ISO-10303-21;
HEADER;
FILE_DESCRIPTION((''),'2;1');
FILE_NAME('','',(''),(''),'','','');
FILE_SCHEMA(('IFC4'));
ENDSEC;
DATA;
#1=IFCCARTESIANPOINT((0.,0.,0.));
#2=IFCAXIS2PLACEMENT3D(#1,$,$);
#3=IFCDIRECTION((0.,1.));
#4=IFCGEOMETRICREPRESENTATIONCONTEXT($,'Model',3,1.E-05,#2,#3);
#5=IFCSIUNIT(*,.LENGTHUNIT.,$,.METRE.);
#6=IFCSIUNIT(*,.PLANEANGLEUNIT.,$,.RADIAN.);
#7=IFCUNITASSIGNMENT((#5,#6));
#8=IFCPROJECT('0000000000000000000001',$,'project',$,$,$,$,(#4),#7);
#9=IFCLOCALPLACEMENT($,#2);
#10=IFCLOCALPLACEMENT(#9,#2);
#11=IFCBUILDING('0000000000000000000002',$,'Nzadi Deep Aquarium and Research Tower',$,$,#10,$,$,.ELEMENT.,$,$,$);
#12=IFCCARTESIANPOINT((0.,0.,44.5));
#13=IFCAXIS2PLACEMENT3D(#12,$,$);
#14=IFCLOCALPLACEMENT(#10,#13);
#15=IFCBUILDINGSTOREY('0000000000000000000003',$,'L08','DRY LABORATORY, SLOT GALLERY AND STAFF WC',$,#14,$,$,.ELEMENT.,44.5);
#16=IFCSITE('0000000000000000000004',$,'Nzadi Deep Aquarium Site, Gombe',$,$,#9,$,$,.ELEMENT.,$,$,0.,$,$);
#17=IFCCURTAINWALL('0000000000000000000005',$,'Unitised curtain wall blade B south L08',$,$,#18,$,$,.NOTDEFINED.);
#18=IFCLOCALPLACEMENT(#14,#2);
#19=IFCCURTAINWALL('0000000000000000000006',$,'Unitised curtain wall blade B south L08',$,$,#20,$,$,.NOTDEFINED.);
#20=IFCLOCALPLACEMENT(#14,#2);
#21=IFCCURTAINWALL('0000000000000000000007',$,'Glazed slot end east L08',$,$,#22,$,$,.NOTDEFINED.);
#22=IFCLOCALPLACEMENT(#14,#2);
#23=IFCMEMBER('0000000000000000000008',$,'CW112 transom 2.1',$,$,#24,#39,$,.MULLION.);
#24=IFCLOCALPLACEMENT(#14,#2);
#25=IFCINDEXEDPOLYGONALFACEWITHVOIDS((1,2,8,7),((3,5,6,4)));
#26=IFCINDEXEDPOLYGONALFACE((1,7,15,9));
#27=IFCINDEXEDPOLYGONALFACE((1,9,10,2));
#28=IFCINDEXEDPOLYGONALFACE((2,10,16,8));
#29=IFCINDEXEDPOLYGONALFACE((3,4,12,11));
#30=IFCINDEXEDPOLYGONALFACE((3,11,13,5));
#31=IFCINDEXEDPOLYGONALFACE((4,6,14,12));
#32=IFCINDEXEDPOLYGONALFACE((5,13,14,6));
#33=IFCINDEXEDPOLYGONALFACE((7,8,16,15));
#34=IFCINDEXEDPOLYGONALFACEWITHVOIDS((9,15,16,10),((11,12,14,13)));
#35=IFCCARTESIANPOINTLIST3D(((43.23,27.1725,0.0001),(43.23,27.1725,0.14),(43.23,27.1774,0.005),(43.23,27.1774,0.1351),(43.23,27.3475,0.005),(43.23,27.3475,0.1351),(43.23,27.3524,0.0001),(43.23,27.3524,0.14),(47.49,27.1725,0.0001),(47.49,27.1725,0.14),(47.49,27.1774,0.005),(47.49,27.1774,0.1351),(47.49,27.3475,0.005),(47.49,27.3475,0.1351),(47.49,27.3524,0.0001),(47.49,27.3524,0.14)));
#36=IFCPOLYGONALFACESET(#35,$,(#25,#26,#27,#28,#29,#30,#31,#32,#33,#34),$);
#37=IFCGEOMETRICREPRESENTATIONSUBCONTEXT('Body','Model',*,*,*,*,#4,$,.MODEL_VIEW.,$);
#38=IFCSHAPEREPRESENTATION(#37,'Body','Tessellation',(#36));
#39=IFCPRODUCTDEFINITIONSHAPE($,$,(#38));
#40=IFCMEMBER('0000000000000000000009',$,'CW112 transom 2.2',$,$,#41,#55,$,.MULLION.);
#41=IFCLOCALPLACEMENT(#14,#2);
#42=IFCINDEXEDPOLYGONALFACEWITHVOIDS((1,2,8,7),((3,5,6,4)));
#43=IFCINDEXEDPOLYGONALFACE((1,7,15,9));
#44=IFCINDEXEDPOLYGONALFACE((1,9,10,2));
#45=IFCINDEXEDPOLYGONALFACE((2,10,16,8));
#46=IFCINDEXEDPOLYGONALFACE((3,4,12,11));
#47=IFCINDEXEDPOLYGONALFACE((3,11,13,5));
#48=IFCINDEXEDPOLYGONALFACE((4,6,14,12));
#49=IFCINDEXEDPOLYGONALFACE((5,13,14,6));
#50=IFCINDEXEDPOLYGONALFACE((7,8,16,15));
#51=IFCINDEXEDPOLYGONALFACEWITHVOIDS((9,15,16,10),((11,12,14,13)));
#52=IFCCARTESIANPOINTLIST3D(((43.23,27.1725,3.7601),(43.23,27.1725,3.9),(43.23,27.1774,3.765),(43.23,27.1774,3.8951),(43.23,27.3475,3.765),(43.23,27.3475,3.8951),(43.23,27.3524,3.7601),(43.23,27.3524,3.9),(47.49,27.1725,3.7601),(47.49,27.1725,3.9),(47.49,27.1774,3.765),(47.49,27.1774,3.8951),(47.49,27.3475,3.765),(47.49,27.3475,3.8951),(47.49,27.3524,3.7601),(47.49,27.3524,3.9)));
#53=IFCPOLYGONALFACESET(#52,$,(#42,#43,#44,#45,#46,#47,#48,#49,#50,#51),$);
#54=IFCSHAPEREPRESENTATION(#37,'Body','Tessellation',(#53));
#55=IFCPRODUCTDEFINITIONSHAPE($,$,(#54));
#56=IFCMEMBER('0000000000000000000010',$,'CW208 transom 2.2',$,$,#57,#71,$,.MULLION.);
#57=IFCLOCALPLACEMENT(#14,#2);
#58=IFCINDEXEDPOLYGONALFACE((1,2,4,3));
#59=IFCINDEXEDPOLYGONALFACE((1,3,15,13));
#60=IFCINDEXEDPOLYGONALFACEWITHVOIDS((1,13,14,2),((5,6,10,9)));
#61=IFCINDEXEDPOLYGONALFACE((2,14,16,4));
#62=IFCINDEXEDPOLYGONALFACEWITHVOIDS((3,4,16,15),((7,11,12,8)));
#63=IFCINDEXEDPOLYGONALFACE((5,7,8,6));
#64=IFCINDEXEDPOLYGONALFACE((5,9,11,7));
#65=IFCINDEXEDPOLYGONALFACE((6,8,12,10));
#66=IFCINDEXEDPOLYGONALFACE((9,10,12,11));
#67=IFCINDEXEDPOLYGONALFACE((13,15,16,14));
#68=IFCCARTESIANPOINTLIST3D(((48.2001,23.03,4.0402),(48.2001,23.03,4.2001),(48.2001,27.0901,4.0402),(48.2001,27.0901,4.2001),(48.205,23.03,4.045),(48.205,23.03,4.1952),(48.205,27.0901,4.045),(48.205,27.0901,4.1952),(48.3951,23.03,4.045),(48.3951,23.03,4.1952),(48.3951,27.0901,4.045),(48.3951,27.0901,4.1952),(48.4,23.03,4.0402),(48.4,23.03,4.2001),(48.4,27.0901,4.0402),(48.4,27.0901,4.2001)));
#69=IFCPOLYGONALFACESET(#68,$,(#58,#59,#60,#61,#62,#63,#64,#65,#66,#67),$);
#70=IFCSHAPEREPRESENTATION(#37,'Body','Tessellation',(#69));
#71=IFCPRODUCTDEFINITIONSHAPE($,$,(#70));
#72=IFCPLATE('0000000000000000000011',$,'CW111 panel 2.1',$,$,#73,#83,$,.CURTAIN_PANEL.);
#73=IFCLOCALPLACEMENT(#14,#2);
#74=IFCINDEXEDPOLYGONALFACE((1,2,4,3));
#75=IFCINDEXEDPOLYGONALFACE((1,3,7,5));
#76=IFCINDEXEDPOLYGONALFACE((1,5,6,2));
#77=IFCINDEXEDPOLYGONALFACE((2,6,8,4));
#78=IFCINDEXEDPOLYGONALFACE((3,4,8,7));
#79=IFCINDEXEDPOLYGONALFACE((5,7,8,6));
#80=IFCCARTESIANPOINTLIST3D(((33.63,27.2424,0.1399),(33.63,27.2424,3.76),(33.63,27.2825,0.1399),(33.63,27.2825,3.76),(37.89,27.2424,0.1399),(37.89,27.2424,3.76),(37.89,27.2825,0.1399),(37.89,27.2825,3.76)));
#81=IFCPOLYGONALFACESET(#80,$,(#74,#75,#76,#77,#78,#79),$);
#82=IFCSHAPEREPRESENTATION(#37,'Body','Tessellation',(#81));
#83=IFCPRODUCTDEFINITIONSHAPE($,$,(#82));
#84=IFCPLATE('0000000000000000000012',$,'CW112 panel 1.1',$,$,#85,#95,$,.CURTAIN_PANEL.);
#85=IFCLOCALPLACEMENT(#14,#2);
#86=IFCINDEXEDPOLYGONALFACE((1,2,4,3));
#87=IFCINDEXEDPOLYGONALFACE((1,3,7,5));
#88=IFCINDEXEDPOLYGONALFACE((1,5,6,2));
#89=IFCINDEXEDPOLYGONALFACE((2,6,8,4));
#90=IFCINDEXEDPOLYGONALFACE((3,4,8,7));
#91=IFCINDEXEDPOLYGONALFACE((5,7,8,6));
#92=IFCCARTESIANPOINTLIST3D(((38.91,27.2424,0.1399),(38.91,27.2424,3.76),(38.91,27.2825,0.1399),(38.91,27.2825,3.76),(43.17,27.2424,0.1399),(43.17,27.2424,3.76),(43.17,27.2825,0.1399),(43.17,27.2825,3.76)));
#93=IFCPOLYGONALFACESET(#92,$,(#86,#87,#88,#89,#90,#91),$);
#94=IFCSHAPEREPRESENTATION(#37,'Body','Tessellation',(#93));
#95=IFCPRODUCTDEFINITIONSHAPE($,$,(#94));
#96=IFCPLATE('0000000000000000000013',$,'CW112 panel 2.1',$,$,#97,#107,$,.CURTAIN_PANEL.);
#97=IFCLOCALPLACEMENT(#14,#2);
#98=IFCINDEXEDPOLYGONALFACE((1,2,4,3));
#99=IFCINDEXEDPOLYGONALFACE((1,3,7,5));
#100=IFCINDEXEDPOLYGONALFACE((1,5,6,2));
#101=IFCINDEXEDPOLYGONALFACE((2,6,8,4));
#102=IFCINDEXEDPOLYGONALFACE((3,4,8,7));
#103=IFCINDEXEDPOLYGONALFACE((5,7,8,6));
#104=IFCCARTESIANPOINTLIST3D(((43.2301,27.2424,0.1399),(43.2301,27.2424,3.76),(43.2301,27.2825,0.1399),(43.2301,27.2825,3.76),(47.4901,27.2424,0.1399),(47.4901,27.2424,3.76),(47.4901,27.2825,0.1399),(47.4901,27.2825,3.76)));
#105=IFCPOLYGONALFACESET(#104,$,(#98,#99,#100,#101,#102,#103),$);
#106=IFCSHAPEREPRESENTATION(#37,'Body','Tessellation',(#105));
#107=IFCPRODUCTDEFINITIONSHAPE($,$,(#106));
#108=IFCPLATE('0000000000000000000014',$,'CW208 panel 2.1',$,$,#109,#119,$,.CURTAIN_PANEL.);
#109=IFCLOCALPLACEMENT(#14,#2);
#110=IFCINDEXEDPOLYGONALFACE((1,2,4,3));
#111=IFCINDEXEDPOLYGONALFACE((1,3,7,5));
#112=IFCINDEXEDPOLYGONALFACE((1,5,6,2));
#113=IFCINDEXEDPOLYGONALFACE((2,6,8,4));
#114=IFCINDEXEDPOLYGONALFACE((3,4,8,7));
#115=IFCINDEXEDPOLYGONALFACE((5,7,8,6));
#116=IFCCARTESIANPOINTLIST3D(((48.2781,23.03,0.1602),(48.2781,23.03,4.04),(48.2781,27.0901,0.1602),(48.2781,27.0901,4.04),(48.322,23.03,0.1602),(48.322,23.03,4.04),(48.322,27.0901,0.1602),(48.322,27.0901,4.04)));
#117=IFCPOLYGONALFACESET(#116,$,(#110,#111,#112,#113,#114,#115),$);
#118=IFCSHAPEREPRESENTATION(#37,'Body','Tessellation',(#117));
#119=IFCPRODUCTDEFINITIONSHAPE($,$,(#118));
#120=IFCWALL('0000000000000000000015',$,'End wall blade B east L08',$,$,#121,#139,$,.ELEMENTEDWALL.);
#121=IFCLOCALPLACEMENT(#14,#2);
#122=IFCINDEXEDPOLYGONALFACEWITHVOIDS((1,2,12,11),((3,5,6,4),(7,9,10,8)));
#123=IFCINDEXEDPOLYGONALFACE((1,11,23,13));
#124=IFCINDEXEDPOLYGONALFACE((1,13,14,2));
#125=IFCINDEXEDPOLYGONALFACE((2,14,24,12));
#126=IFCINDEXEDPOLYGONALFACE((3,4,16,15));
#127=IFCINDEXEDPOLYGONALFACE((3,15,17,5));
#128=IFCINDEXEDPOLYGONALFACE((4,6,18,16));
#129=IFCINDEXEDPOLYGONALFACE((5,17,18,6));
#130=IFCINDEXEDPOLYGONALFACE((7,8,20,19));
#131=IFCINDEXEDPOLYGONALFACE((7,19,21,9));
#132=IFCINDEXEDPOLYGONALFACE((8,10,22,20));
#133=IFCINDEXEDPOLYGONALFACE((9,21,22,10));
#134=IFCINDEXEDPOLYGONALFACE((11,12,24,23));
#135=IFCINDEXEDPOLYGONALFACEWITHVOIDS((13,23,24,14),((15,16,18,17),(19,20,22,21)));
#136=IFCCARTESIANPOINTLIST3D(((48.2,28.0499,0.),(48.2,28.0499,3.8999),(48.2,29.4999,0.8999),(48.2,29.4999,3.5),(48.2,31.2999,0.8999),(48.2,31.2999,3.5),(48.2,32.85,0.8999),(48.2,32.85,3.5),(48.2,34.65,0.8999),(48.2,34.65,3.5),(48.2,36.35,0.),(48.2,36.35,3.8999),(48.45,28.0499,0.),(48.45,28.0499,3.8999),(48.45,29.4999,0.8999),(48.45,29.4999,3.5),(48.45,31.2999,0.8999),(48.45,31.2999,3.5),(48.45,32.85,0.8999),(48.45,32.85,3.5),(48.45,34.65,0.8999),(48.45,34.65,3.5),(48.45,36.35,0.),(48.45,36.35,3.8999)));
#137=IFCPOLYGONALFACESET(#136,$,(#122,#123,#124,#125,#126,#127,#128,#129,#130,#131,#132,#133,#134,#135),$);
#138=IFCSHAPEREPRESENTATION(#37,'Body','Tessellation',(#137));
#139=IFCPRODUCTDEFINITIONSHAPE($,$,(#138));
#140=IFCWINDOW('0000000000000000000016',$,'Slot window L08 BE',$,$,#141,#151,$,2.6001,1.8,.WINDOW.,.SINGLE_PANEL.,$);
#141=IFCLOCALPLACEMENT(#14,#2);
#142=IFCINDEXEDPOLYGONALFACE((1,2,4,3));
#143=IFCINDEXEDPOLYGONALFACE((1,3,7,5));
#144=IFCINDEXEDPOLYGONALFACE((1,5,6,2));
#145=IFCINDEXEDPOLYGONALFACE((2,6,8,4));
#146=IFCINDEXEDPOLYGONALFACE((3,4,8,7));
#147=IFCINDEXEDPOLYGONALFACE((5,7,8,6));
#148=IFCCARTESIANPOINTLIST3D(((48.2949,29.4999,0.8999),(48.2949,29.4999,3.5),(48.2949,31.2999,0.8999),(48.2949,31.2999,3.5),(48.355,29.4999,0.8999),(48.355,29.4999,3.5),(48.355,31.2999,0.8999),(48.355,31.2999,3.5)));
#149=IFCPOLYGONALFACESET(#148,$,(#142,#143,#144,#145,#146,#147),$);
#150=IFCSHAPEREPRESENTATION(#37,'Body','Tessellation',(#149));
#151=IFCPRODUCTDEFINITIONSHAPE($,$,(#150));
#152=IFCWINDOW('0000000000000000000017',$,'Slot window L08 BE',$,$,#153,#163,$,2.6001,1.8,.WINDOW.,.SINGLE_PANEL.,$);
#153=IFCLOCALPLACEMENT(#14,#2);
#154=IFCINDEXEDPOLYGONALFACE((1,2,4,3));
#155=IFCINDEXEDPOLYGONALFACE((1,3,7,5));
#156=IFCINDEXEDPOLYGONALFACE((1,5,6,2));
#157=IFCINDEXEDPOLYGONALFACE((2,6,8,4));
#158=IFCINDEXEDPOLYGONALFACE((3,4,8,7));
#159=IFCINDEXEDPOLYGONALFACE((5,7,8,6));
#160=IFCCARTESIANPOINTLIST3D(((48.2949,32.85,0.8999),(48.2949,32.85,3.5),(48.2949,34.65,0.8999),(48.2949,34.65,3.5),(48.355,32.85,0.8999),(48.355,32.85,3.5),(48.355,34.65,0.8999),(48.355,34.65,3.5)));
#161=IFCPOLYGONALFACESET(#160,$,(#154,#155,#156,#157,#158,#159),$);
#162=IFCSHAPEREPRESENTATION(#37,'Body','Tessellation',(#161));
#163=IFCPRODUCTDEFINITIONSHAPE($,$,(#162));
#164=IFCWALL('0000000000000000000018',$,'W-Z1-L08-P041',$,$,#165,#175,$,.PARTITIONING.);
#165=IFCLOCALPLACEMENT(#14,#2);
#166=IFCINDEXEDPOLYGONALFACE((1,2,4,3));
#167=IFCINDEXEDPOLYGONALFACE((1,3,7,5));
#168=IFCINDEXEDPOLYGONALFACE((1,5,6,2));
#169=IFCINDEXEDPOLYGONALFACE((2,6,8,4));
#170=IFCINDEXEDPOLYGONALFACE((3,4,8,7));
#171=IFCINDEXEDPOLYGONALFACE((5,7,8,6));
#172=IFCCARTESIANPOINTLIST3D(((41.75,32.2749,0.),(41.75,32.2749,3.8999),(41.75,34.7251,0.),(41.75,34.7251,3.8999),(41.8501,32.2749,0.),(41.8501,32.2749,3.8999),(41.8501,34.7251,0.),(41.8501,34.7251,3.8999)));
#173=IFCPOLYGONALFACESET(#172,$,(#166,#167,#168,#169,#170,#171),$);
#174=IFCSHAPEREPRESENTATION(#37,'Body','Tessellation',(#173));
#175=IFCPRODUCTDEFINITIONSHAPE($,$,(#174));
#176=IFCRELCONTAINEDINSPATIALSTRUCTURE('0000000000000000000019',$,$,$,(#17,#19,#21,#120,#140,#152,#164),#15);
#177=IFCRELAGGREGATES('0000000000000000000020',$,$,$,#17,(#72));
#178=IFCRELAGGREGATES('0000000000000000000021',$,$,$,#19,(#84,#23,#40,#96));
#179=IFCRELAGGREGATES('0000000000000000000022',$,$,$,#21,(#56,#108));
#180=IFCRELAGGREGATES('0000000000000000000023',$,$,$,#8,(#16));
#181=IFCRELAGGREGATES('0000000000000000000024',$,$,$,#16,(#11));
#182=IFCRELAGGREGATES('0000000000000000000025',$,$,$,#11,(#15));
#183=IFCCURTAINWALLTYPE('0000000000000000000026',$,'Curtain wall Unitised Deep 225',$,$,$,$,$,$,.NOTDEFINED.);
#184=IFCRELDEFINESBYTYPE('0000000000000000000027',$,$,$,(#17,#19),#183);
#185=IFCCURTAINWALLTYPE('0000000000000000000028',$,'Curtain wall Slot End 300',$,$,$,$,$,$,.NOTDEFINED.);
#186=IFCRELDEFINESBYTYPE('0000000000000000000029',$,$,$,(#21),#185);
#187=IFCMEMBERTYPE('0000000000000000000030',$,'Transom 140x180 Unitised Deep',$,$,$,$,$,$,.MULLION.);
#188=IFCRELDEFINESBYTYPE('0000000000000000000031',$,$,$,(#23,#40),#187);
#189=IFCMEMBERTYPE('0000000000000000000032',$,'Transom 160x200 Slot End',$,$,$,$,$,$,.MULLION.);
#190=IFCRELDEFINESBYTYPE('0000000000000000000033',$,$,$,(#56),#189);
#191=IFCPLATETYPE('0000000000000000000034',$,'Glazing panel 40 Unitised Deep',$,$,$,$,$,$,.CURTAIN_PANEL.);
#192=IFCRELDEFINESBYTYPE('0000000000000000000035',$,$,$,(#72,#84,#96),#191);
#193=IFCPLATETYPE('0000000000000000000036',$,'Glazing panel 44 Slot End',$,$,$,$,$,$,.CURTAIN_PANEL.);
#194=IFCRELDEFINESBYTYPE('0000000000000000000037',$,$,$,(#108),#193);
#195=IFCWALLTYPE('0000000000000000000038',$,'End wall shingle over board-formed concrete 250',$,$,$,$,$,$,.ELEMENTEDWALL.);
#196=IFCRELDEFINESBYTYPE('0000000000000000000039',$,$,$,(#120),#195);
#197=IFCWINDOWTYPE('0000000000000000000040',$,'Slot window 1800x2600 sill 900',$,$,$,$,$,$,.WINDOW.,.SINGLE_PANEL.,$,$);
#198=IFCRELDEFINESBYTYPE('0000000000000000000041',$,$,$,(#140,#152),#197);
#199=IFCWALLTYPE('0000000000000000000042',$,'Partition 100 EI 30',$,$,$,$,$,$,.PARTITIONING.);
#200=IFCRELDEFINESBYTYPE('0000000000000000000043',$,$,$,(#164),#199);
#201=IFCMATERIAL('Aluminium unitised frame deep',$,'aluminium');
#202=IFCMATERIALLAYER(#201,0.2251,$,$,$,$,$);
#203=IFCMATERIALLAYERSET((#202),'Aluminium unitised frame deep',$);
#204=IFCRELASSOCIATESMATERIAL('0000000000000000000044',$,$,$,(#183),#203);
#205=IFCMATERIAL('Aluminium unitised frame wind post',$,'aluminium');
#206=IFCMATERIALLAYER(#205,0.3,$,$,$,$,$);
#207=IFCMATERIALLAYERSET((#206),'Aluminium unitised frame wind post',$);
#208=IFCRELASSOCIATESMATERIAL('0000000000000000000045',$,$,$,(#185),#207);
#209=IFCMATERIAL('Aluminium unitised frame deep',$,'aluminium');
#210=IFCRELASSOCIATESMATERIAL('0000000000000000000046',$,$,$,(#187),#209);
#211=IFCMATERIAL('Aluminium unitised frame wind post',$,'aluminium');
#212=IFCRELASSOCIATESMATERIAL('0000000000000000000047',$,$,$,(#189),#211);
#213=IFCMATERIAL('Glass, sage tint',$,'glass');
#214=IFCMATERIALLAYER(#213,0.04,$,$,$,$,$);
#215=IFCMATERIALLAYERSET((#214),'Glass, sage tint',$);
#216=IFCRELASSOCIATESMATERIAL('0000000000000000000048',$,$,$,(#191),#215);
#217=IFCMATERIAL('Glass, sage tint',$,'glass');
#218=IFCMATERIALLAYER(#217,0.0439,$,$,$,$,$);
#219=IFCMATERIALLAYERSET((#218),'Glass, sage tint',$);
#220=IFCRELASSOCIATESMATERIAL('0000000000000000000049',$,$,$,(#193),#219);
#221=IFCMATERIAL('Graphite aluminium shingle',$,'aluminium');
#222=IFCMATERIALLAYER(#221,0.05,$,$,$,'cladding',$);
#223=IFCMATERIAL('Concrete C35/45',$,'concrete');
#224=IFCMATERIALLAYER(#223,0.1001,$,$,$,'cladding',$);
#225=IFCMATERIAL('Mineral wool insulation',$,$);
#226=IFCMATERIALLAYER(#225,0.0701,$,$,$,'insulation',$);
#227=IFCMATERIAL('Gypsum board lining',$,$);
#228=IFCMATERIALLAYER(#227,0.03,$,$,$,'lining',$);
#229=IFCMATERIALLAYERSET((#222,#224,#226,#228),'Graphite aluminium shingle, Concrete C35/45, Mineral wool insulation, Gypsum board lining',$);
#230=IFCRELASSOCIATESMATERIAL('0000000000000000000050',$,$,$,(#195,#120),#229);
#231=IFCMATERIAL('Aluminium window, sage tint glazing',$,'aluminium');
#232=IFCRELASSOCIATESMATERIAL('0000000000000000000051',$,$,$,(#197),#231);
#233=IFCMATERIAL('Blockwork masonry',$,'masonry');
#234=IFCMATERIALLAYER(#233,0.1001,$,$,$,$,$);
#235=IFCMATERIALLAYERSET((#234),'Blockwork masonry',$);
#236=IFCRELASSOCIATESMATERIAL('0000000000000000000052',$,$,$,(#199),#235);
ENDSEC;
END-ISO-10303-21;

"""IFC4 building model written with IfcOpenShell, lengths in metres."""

from ifc_helpers import new_model, si_unit, direction, frame, frame_2d, origin, origin_2d, place, context, subcontext, project, spatial, rectangle, hollow_rectangle, extrude, material, layer, layer_set, layer_usage, material_profile, profile_set, type_object, element, fill, aggregate, save


model = new_model("IFC4")

# Units and contexts
model_context = context("Model", 3, precision=1e-05, world=origin(), true_north=direction((0.0, 1.0)))
body_context = subcontext(model_context, "Body", "Model", "MODEL_VIEW")
ifc_project = project(units=[si_unit("LENGTHUNIT", "METRE"), si_unit("PLANEANGLEUNIT", "RADIAN")], contexts=[model_context])

# Site, building, storey
site_placement = place(None, origin())
site = spatial("IfcSite", under=ifc_project, at=site_placement, Name="Nzadi Deep Aquarium Site, Gombe", CompositionType="ELEMENT", RefElevation=0.0)
building_placement = place(site_placement, origin())
building = spatial("IfcBuilding", under=site, at=building_placement, Name="Nzadi Deep Aquarium and Research Tower", CompositionType="ELEMENT")
storey_placement = place(building_placement, frame((0.0, 0.0, 44.5)))
storey = spatial("IfcBuildingStorey", under=building, at=storey_placement, Name="L08", Description="DRY LABORATORY, SLOT GALLERY AND STAFF WC", CompositionType="ELEMENT", Elevation=44.5)

# Curtain wall
ifc_material_1 = material(Name="Aluminium unitised frame deep", Category="aluminium")
ifc_layer_1 = layer(ifc_material_1, 0.2251)
ifc_layer_set_1 = layer_set([ifc_layer_1], Name="Aluminium unitised frame deep")
curtain_wall_type_1 = type_object("IfcCurtainWallType", Name="Curtain wall Unitised Deep 225", PredefinedType="NOTDEFINED", material=ifc_layer_set_1)
curtain_wall_1_placement = place(storey_placement, origin())
curtain_wall_1 = element("IfcCurtainWall", 1, at=curtain_wall_1_placement, inside=storey, type_object=curtain_wall_type_1, Name="Unitised curtain wall blade B south L08", PredefinedType="NOTDEFINED")

# Curtain wall
curtain_wall_2_placement = place(storey_placement, origin())
curtain_wall_2 = element("IfcCurtainWall", 2, at=curtain_wall_2_placement, inside=storey, type_object=curtain_wall_type_1, Name="Unitised curtain wall blade B south L08", PredefinedType="NOTDEFINED")

# Curtain wall
ifc_material_2 = material(Name="Aluminium unitised frame wind post", Category="aluminium")
ifc_layer_2 = layer(ifc_material_2, 0.3)
ifc_layer_set_2 = layer_set([ifc_layer_2], Name="Aluminium unitised frame wind post")
curtain_wall_type_2 = type_object("IfcCurtainWallType", Name="Curtain wall Slot End 300", PredefinedType="NOTDEFINED", material=ifc_layer_set_2)
curtain_wall_3_placement = place(storey_placement, origin())
curtain_wall_3 = element("IfcCurtainWall", 3, at=curtain_wall_3_placement, inside=storey, type_object=curtain_wall_type_2, Name="Glazed slot end east L08", PredefinedType="NOTDEFINED")

# Members
ifc_material_3 = material(Name="Aluminium unitised frame deep", Category="aluminium")
ifc_material_profile_1 = material_profile(ifc_material_3, hollow_rectangle(XDim=0.1799, YDim=0.1399, WallThickness=0.0049, at=origin_2d()))
ifc_profile_set_1 = profile_set([ifc_material_profile_1], Name="Aluminium unitised frame deep")
member_type_1 = type_object("IfcMemberType", Name="Transom 140x180 Unitised Deep", PredefinedType="MULLION", material=ifc_profile_set_1)
member_1_placement = place(storey_placement, frame((43.23, 27.2625, 0.0701), z_axis=(1.0, 0.0, 0.0), x_axis=(0.0, 1.0, 0.0)))
member_1 = element("IfcMember", 4, at=member_1_placement, type_object=member_type_1, Name="CW112 transom 2.1", PredefinedType="MULLION", context=body_context, shape_type="SweptSolid", body=[
    extrude(hollow_rectangle(XDim=0.1799, YDim=0.1399, WallThickness=0.0049, at=origin_2d()), origin(), (0.0, 0.0, 1.0), 4.26),
])
member_2_placement = place(storey_placement, frame((43.23, 27.2625, 3.8301), z_axis=(1.0, 0.0, 0.0), x_axis=(0.0, 1.0, 0.0)))
member_2 = element("IfcMember", 5, at=member_2_placement, type_object=member_type_1, Name="CW112 transom 2.2", PredefinedType="MULLION", context=body_context, shape_type="SweptSolid", body=[
    extrude(hollow_rectangle(XDim=0.1799, YDim=0.1399, WallThickness=0.0049, at=origin_2d()), origin(), (0.0, 0.0, 1.0), 4.26),
])
ifc_material_4 = material(Name="Aluminium unitised frame wind post", Category="aluminium")
ifc_material_profile_2 = material_profile(ifc_material_4, hollow_rectangle(XDim=0.2, YDim=0.1599, WallThickness=0.0049, at=origin_2d()))
ifc_profile_set_2 = profile_set([ifc_material_profile_2], Name="Aluminium unitised frame wind post")
member_type_2 = type_object("IfcMemberType", Name="Transom 160x200 Slot End", PredefinedType="MULLION", material=ifc_profile_set_2)
member_3_placement = place(storey_placement, frame((48.3, 23.03, 4.1201), z_axis=(0.0, 1.0, 0.0), x_axis=(-1.0, 0.0, 0.0)))
member_3 = element("IfcMember", 6, at=member_3_placement, type_object=member_type_2, Name="CW208 transom 2.2", PredefinedType="MULLION", context=body_context, shape_type="SweptSolid", body=[
    extrude(hollow_rectangle(XDim=0.2, YDim=0.1599, WallThickness=0.0049, at=origin_2d()), origin(), (0.0, 0.0, 1.0), 4.0601),
])

# Plates
ifc_material_5 = material(Name="Glass, sage tint", Category="glass")
ifc_layer_3 = layer(ifc_material_5, 0.04)
ifc_layer_set_3 = layer_set([ifc_layer_3], Name="Glass, sage tint")
plate_type_1 = type_object("IfcPlateType", Name="Glazing panel 40 Unitised Deep", PredefinedType="CURTAIN_PANEL", material=ifc_layer_set_3)
plate_1_placement = place(storey_placement, frame((35.76, 27.2625, 0.1399), z_axis=(0.0, 0.0, 1.0), x_axis=(1.0, 0.0, 0.0)))
plate_1 = element("IfcPlate", 7, at=plate_1_placement, type_object=plate_type_1, Name="CW111 panel 2.1", PredefinedType="CURTAIN_PANEL", context=body_context, shape_type="SweptSolid", body=[
    extrude(rectangle(XDim=4.26, YDim=0.04, at=origin_2d()), origin(), (0.0, 0.0, 1.0), 3.6201),
])
aggregate(curtain_wall_1, [plate_1])
plate_2_placement = place(storey_placement, frame((41.04, 27.2625, 0.1399), z_axis=(0.0, 0.0, 1.0), x_axis=(1.0, 0.0, 0.0)))
plate_2 = element("IfcPlate", 8, at=plate_2_placement, type_object=plate_type_1, Name="CW112 panel 1.1", PredefinedType="CURTAIN_PANEL", context=body_context, shape_type="SweptSolid", body=[
    extrude(rectangle(XDim=4.26, YDim=0.04, at=origin_2d()), origin(), (0.0, 0.0, 1.0), 3.6201),
])
plate_3_placement = place(storey_placement, frame((45.3601, 27.2625, 0.1399), z_axis=(0.0, 0.0, 1.0), x_axis=(1.0, 0.0, 0.0)))
plate_3 = element("IfcPlate", 9, at=plate_3_placement, type_object=plate_type_1, Name="CW112 panel 2.1", PredefinedType="CURTAIN_PANEL", context=body_context, shape_type="SweptSolid", body=[
    extrude(rectangle(XDim=4.26, YDim=0.04, at=origin_2d()), origin(), (0.0, 0.0, 1.0), 3.6201),
])
aggregate(curtain_wall_2, [plate_2, member_1, member_2, plate_3])
ifc_material_6 = material(Name="Glass, sage tint", Category="glass")
ifc_layer_4 = layer(ifc_material_6, 0.0439)
ifc_layer_set_4 = layer_set([ifc_layer_4], Name="Glass, sage tint")
plate_type_2 = type_object("IfcPlateType", Name="Glazing panel 44 Slot End", PredefinedType="CURTAIN_PANEL", material=ifc_layer_set_4)
plate_4_placement = place(storey_placement, frame((48.3, 25.0601, 0.1602), z_axis=(0.0, 0.0, 1.0), x_axis=(0.0, 1.0, 0.0)))
plate_4 = element("IfcPlate", 10, at=plate_4_placement, type_object=plate_type_2, Name="CW208 panel 2.1", PredefinedType="CURTAIN_PANEL", context=body_context, shape_type="SweptSolid", body=[
    extrude(rectangle(XDim=4.0601, YDim=0.0439, at=origin_2d()), origin(), (0.0, 0.0, 1.0), 3.8799),
])
aggregate(curtain_wall_3, [member_3, plate_4])

# Wall, openings, windows
ifc_material_7 = material(Name="Graphite aluminium shingle", Category="aluminium")
ifc_layer_5 = layer(ifc_material_7, 0.05, Category="cladding")
ifc_material_8 = material(Name="Concrete C35/45", Category="concrete")
ifc_layer_6 = layer(ifc_material_8, 0.1001, Category="cladding")
ifc_material_9 = material(Name="Mineral wool insulation")
ifc_layer_7 = layer(ifc_material_9, 0.0701, Category="insulation")
ifc_material_10 = material(Name="Gypsum board lining")
ifc_layer_8 = layer(ifc_material_10, 0.03, Category="lining")
ifc_layer_set_5 = layer_set([ifc_layer_5, ifc_layer_6, ifc_layer_7, ifc_layer_8], Name="Graphite aluminium shingle, Concrete C35/45, Mineral wool insulation, Gypsum board lining")
ifc_layer_usage = layer_usage(ifc_layer_set_5, "AXIS2", "POSITIVE", -0.125)
wall_type_1 = type_object("IfcWallType", Name="End wall shingle over board-formed concrete 250", PredefinedType="ELEMENTEDWALL", material=ifc_layer_set_5)
wall_1_placement = place(storey_placement, frame((48.325, 28.05, 0.0), z_axis=(0.0, 0.0, 1.0), x_axis=(0.0, 1.0, 0.0)))
wall_1 = element("IfcWall", 11, at=wall_1_placement, inside=storey, type_object=wall_type_1, material=ifc_layer_usage, Name="End wall blade B east L08", PredefinedType="ELEMENTEDWALL", context=body_context, shape_type="SweptSolid", body=[
    extrude(rectangle(XDim=8.3, YDim=0.25, at=frame_2d((4.1499, 0.0))), origin(), (0.0, 0.0, 1.0), 3.8999),
])
opening_1_placement = place(wall_1_placement, frame((1.45, 0.0, 0.8999)))
opening_1 = element("IfcOpeningElement", 12, at=opening_1_placement, cuts=wall_1, PredefinedType="OPENING", context=body_context, shape_type="SweptSolid", body=[
    extrude(rectangle(XDim=1.8, YDim=2.6001, at=frame_2d((0.8999, 1.3))), frame((0.0, 0.135, 0.0), z_axis=(0.0, -1.0, 0.0), x_axis=(1.0, 0.0, 0.0)), (0.0, 0.0, 1.0), 0.27),
])
opening_2_placement = place(wall_1_placement, frame((4.8, 0.0, 0.8999)))
opening_2 = element("IfcOpeningElement", 13, at=opening_2_placement, cuts=wall_1, PredefinedType="OPENING", context=body_context, shape_type="SweptSolid", body=[
    extrude(rectangle(XDim=1.8, YDim=2.6001, at=frame_2d((0.8999, 1.3))), frame((0.0, 0.135, 0.0), z_axis=(0.0, -1.0, 0.0), x_axis=(1.0, 0.0, 0.0)), (0.0, 0.0, 1.0), 0.27),
])
ifc_material_11 = material(Name="Aluminium window, sage tint glazing", Category="aluminium")
window_type = type_object("IfcWindowType", Name="Slot window 1800x2600 sill 900", PartitioningType="SINGLE_PANEL", PredefinedType="WINDOW", material=ifc_material_11)
window_1_placement = place(opening_1_placement, origin())
window_1 = element("IfcWindow", 14, at=window_1_placement, inside=storey, type_object=window_type, Name="Slot window L08 BE", OverallHeight=2.6001, OverallWidth=1.8, PartitioningType="SINGLE_PANEL", PredefinedType="WINDOW", context=body_context, shape_type="SweptSolid", body=[
    extrude(rectangle(XDim=1.8, YDim=2.6001, at=frame_2d((0.8999, 1.3))), frame((0.0, 0.03, 0.0), z_axis=(0.0, -1.0, 0.0), x_axis=(1.0, 0.0, 0.0)), (0.0, 0.0, 1.0), 0.0601),
])
fill(opening_1, window_1)
window_2_placement = place(opening_2_placement, origin())
window_2 = element("IfcWindow", 15, at=window_2_placement, inside=storey, type_object=window_type, Name="Slot window L08 BE", OverallHeight=2.6001, OverallWidth=1.8, PartitioningType="SINGLE_PANEL", PredefinedType="WINDOW", context=body_context, shape_type="SweptSolid", body=[
    extrude(rectangle(XDim=1.8, YDim=2.6001, at=frame_2d((0.8999, 1.3))), frame((0.0, 0.03, 0.0), z_axis=(0.0, -1.0, 0.0), x_axis=(1.0, 0.0, 0.0)), (0.0, 0.0, 1.0), 0.0601),
])
fill(opening_2, window_2)

# Wall
ifc_material_12 = material(Name="Blockwork masonry", Category="masonry")
ifc_layer_9 = layer(ifc_material_12, 0.1001)
ifc_layer_set_6 = layer_set([ifc_layer_9], Name="Blockwork masonry")
wall_type_2 = type_object("IfcWallType", Name="Partition 100 EI 30", PredefinedType="PARTITIONING", material=ifc_layer_set_6)
wall_2_placement = place(storey_placement, frame((41.8, 32.2749, 0.0), z_axis=(0.0, 0.0, 1.0), x_axis=(0.0, 1.0, 0.0)))
element("IfcWall", 16, at=wall_2_placement, inside=storey, type_object=wall_type_2, Name="W-Z1-L08-P041", PredefinedType="PARTITIONING", context=body_context, shape_type="SweptSolid", body=[
    extrude(rectangle(XDim=2.4502, YDim=0.1001, at=frame_2d((1.2251, 0.0))), origin(), (0.0, 0.0, 1.0), 3.8999),
])

save(model, "model.ifc")
